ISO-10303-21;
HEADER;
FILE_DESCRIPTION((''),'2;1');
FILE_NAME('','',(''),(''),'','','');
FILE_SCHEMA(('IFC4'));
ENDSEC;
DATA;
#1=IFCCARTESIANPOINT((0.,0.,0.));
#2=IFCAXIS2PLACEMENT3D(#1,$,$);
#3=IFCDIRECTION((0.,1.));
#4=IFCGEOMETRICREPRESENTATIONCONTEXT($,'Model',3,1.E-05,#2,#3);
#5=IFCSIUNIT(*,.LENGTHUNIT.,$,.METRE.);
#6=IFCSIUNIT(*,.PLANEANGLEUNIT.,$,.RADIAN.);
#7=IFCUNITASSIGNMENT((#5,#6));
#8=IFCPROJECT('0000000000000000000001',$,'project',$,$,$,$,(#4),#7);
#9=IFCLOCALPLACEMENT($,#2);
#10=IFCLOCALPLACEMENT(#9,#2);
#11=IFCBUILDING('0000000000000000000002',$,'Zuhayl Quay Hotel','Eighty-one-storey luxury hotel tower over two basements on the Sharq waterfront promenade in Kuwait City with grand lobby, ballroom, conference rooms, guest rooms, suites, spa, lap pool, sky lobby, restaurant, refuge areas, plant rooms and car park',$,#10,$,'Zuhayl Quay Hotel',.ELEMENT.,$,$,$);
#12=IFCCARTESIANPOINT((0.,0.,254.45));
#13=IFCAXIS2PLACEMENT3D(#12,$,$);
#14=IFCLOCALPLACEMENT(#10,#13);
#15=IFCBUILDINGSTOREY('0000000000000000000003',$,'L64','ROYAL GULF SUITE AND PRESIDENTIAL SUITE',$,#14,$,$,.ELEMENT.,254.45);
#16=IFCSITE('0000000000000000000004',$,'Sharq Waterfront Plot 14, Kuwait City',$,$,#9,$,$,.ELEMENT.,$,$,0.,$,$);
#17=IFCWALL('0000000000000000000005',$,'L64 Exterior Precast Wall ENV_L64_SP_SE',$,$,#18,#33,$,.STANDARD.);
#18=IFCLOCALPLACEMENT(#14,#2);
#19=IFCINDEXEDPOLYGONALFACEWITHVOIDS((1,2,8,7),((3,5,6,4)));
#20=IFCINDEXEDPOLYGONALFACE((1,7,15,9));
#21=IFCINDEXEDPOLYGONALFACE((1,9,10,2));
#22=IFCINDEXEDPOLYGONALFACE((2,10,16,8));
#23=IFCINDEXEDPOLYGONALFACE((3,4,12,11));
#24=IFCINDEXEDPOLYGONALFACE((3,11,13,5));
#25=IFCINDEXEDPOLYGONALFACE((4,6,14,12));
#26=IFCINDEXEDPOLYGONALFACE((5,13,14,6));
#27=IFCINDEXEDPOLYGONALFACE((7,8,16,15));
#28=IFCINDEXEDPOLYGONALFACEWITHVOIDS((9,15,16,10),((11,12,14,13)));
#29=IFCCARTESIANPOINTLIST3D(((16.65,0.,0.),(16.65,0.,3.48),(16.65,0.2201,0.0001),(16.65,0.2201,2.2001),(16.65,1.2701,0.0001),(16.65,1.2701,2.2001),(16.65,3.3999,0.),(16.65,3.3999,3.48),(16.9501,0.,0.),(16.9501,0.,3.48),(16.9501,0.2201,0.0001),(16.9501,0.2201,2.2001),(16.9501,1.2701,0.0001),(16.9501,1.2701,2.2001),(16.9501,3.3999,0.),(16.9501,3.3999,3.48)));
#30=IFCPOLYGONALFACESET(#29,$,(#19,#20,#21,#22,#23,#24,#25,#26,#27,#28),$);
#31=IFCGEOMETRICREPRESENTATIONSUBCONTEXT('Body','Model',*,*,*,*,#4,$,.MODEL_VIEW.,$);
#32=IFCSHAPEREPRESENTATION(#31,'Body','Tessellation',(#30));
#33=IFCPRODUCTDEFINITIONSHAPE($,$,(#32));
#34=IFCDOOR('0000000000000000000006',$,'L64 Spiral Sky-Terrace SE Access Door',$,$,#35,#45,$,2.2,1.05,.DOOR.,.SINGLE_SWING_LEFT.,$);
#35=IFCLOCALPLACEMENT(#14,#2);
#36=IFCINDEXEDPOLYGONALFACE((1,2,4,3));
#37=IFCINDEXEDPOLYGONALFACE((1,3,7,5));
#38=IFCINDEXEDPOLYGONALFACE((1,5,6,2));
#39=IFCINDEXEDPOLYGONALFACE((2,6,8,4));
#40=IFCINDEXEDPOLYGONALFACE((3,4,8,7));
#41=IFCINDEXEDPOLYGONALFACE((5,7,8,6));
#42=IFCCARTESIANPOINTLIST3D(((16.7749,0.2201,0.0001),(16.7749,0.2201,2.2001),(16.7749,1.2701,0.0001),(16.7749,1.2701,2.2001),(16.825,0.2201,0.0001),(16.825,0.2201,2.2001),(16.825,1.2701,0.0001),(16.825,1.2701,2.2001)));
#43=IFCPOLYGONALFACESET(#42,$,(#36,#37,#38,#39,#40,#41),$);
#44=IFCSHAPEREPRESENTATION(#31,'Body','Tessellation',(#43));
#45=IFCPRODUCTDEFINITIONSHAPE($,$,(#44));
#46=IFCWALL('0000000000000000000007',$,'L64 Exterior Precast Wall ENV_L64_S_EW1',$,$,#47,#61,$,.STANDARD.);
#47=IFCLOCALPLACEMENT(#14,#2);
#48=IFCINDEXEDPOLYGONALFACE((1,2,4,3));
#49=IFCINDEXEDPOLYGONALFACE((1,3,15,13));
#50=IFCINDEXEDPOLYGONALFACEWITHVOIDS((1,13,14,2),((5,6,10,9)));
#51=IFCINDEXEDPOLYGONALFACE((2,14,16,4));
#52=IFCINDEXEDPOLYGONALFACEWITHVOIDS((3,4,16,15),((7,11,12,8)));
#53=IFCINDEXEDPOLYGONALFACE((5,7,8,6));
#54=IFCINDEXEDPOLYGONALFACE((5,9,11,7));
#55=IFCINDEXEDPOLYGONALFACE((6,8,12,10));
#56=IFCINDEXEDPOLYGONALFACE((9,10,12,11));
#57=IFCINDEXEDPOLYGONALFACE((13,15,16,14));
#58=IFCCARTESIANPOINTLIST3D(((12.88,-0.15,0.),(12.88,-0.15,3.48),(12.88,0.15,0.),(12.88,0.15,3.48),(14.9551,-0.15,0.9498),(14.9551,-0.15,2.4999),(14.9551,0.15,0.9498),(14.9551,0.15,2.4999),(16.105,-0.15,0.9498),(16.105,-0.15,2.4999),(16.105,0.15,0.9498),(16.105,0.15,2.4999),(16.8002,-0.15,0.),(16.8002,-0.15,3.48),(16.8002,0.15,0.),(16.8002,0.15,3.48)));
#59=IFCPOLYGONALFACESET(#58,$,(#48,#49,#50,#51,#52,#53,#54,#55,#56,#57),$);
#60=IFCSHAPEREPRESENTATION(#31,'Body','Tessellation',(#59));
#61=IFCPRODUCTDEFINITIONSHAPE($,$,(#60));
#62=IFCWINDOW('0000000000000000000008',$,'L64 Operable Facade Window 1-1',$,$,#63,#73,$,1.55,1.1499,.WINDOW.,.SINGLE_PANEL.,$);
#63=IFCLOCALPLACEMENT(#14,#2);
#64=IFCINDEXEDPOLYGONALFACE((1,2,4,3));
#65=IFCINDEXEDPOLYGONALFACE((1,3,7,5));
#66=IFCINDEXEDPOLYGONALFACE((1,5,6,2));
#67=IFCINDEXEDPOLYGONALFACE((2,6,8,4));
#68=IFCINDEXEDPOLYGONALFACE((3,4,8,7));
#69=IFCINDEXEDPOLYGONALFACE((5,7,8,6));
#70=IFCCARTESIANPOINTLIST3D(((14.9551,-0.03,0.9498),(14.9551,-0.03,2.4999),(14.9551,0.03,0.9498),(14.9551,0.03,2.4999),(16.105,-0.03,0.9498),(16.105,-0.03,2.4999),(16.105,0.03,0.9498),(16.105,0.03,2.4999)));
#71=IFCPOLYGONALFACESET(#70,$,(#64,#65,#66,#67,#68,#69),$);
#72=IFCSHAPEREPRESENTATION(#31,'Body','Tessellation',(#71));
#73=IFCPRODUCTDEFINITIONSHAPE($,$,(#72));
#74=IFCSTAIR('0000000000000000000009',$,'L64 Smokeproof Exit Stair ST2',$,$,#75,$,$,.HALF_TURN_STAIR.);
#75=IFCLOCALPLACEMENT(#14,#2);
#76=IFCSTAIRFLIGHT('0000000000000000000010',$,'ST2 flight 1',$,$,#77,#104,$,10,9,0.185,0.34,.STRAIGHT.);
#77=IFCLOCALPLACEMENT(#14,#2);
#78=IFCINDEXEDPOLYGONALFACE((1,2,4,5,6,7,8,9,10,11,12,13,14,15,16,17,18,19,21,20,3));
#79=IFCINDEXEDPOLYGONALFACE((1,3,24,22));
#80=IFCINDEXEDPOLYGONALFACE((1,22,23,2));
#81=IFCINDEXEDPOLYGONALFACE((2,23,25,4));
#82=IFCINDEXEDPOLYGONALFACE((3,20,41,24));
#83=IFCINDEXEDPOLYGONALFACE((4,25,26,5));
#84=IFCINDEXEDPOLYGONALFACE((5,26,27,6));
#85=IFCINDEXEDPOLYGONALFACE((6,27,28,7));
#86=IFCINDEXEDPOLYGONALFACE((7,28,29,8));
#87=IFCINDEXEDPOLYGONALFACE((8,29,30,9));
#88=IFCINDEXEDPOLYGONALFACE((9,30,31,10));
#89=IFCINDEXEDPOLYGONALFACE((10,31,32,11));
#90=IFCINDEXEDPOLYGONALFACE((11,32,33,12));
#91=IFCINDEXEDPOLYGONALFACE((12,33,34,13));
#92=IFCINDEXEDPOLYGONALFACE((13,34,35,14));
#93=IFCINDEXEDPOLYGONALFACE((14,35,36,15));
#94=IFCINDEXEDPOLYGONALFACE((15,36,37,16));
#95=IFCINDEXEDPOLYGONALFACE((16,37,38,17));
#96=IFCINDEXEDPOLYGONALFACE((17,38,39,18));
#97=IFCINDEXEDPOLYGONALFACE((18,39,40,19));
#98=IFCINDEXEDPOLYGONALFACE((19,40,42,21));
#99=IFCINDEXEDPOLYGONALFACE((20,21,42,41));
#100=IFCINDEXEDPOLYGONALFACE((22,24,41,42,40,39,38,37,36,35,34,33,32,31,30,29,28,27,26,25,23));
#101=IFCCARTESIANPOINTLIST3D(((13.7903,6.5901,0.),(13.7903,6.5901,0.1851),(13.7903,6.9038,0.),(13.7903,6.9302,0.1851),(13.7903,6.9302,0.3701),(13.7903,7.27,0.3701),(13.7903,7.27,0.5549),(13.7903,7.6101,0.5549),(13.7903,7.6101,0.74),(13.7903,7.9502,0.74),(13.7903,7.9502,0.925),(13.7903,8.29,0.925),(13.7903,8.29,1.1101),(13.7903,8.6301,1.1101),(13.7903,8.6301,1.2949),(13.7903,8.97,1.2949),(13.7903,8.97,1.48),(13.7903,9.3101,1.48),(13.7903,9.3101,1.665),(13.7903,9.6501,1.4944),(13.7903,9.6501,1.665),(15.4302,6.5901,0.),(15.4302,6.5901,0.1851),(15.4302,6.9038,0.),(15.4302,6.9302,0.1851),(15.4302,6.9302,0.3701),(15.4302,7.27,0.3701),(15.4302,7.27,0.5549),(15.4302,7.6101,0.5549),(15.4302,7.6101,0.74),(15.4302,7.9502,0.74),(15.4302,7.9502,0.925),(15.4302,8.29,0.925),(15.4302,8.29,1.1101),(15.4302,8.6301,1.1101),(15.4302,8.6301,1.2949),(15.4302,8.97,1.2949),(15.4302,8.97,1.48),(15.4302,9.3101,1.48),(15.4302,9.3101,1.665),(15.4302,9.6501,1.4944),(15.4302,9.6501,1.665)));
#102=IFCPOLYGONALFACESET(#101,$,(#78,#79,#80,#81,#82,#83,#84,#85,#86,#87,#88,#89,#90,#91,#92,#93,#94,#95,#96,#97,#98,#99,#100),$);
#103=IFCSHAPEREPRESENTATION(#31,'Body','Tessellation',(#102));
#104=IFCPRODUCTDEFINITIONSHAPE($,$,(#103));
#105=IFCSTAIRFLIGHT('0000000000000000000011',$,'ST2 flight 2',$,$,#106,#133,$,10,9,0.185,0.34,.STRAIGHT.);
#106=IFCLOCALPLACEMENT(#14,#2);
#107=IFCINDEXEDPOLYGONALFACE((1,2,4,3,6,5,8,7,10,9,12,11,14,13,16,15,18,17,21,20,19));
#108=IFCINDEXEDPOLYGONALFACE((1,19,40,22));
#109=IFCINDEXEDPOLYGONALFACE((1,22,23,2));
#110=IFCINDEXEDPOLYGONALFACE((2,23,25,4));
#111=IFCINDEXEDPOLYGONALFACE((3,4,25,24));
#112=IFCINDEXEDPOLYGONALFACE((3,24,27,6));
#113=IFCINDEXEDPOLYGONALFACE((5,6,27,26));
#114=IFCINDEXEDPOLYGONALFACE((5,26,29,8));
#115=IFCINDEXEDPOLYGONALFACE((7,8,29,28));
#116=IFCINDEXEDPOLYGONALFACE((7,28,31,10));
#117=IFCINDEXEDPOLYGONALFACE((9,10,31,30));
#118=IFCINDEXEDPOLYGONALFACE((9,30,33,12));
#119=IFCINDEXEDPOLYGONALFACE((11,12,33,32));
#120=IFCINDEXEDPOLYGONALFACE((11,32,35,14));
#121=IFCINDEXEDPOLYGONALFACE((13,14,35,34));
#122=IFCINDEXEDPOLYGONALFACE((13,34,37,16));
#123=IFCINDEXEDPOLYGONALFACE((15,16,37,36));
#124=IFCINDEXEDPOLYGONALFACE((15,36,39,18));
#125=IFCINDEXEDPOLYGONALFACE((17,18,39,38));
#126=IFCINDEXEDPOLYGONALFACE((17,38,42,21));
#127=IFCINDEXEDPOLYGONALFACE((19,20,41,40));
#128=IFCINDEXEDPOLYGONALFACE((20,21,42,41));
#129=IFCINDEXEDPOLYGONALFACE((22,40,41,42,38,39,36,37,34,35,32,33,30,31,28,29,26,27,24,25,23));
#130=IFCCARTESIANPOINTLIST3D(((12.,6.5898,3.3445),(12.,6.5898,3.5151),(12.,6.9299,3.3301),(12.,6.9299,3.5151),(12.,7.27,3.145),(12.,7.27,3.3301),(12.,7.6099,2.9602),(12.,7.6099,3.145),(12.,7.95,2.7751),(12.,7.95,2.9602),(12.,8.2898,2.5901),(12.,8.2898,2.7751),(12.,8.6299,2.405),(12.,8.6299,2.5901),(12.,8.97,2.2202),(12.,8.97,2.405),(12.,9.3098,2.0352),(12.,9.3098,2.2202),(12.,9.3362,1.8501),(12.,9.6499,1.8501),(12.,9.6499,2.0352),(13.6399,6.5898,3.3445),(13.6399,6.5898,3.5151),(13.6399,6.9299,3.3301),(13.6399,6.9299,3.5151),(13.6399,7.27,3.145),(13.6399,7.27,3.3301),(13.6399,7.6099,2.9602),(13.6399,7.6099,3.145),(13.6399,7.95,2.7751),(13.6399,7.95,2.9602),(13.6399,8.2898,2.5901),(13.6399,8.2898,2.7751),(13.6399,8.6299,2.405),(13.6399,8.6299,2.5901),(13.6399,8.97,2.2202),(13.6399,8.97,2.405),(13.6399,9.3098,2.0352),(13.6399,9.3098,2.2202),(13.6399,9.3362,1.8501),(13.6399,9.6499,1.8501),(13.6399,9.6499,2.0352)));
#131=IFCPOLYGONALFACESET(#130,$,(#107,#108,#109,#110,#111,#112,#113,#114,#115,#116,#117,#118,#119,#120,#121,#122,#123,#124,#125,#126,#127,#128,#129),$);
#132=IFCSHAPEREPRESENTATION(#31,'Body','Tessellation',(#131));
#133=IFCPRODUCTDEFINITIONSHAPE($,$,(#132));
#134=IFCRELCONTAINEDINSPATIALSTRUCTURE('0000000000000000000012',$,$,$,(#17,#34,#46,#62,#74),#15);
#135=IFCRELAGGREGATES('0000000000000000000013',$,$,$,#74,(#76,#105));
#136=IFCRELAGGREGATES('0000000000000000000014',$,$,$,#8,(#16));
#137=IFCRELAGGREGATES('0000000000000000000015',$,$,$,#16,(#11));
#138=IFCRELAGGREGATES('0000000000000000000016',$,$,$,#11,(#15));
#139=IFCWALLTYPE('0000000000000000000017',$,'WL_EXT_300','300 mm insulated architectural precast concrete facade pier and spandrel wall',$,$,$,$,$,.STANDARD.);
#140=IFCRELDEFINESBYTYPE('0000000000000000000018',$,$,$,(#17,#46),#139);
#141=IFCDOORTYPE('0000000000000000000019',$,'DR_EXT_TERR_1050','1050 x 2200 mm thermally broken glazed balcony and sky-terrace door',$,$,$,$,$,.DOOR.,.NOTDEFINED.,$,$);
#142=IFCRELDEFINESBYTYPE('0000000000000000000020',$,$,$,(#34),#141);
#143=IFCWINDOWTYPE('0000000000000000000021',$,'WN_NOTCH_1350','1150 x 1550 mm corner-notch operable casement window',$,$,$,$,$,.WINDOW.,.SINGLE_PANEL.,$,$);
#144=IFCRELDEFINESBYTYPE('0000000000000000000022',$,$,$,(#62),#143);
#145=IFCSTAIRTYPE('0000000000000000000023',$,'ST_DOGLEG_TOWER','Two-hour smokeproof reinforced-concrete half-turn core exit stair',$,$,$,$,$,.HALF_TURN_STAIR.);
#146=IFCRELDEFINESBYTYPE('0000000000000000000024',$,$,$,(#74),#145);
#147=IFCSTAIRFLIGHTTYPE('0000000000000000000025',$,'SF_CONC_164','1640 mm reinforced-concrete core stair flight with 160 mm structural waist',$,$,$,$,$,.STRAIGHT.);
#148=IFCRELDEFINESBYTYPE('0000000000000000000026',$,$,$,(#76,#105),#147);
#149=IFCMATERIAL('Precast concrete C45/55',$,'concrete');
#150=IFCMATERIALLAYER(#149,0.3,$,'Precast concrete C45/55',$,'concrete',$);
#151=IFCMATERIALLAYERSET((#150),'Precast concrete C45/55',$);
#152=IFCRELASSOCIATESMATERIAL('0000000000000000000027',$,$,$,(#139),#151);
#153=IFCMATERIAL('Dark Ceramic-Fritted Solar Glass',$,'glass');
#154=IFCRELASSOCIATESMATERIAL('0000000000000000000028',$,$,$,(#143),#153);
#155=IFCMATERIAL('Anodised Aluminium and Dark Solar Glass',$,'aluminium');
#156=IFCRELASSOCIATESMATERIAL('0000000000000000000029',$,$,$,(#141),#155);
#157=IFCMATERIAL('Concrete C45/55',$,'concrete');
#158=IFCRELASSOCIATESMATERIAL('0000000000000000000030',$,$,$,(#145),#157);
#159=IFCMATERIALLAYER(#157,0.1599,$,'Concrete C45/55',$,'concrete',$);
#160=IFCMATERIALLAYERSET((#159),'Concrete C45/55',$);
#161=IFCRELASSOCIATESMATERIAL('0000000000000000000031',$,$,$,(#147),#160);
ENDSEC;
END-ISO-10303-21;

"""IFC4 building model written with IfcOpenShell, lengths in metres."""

from ifc_helpers import new_model, si_unit, direction, frame, frame_2d, origin, place, context, subcontext, project, spatial, polyline, rectangle, outline, extrude, material, layer, layer_set, type_object, element, fill, aggregate, save


model = new_model("IFC4")

# Units and contexts
model_context = context("Model", 3, precision=1e-05, world=origin(), true_north=direction((0.0, 1.0)))
body_context = subcontext(model_context, "Body", "Model", "MODEL_VIEW")
ifc_project = project(units=[si_unit("LENGTHUNIT", "METRE"), si_unit("PLANEANGLEUNIT", "RADIAN")], contexts=[model_context])

# Site, building, storey
site_placement = place(None, origin())
site = spatial("IfcSite", under=ifc_project, at=site_placement, Name="Sharq Waterfront Plot 14, Kuwait City", CompositionType="ELEMENT", RefElevation=0.0)
building_placement = place(site_placement, origin())
building = spatial("IfcBuilding", under=site, at=building_placement, Name="Zuhayl Quay Hotel", Description="Eighty-one-storey luxury hotel tower over two basements on the Sharq waterfront promenade in Kuwait City with grand lobby, ballroom, conference rooms, guest rooms, suites, spa, lap pool, sky lobby, restaurant, refuge areas, plant rooms and car park", LongName="Zuhayl Quay Hotel", CompositionType="ELEMENT")
storey_placement = place(building_placement, frame((0.0, 0.0, 254.45)))
storey = spatial("IfcBuildingStorey", under=building, at=storey_placement, Name="L64", Description="ROYAL GULF SUITE AND PRESIDENTIAL SUITE", CompositionType="ELEMENT", Elevation=254.45)

# Shared definitions
ifc_material_1 = material(Name="Dark Ceramic-Fritted Solar Glass", Category="glass")

# Shared definitions
ifc_material_2 = material(Name="Precast concrete C45/55", Category="concrete")
ifc_layer_1 = layer(ifc_material_2, 0.3, Name="Precast concrete C45/55", Category="concrete")
ifc_layer_set_1 = layer_set([ifc_layer_1], Name="Precast concrete C45/55")
wall_type_1 = type_object("IfcWallType", Name="WL_EXT_300", Description="300 mm insulated architectural precast concrete facade pier and spandrel wall", PredefinedType="STANDARD", material=ifc_layer_set_1)

# Shared definitions
window_type = type_object("IfcWindowType", Name="WN_NOTCH_1350", Description="1150 x 1550 mm corner-notch operable casement window", PartitioningType="SINGLE_PANEL", PredefinedType="WINDOW", material=ifc_material_1)

# Wall, opening, door
wall_1_placement = place(storey_placement, frame((16.8, 3.3999, 0.0), z_axis=(0.0, 0.0, 1.0), x_axis=(0.0, -1.0, 0.0)))
wall_1 = element("IfcWall", 1, at=wall_1_placement, inside=storey, type_object=wall_type_1, Name="L64 Exterior Precast Wall ENV_L64_SP_SE", PredefinedType="STANDARD", context=body_context, shape_type="SweptSolid", body=[
    extrude(rectangle(XDim=3.3999, YDim=0.3, at=frame_2d((1.7, 0.0))), origin(), (0.0, 0.0, 1.0), 3.48),
])
opening_1_placement = place(wall_1_placement, frame((2.1299, 0.0, 0.0)))
opening_1 = element("IfcOpeningElement", 2, at=opening_1_placement, cuts=wall_1, PredefinedType="OPENING", context=body_context, shape_type="SweptSolid", body=[
    extrude(rectangle(XDim=1.05, YDim=2.2, at=frame_2d((0.5249, 1.1001))), frame((0.0, 0.1599, 0.0), z_axis=(0.0, -1.0, 0.0), x_axis=(1.0, 0.0, 0.0)), (0.0, 0.0, 1.0), 0.3201),
])
ifc_material_3 = material(Name="Anodised Aluminium and Dark Solar Glass", Category="aluminium")
door_type_1 = type_object("IfcDoorType", Name="DR_EXT_TERR_1050", Description="1050 x 2200 mm thermally broken glazed balcony and sky-terrace door", OperationType="NOTDEFINED", PredefinedType="DOOR", material=ifc_material_3)
door_1_placement = place(opening_1_placement, origin())
door_1 = element("IfcDoor", 3, at=door_1_placement, inside=storey, type_object=door_type_1, Name="L64 Spiral Sky-Terrace SE Access Door", OperationType="SINGLE_SWING_LEFT", OverallHeight=2.2, OverallWidth=1.05, PredefinedType="DOOR", context=body_context, shape_type="SweptSolid", body=[
    extrude(rectangle(XDim=1.05, YDim=2.2, at=frame_2d((0.5249, 1.1001))), frame((0.0, 0.0249, 0.0), z_axis=(0.0, -1.0, 0.0), x_axis=(1.0, 0.0, 0.0)), (0.0, 0.0, 1.0), 0.05),
])
fill(opening_1, door_1)

# Wall, opening, window
wall_2_placement = place(storey_placement, frame((16.8, 0.0, 0.0), z_axis=(0.0, 0.0, 1.0), x_axis=(-1.0, 0.0, 0.0)))
wall_2 = element("IfcWall", 4, at=wall_2_placement, inside=storey, type_object=wall_type_1, Name="L64 Exterior Precast Wall ENV_L64_S_EW1", PredefinedType="STANDARD", context=body_context, shape_type="SweptSolid", body=[
    extrude(rectangle(XDim=3.9202, YDim=0.3, at=frame_2d((1.96, 0.0))), origin(), (0.0, 0.0, 1.0), 3.48),
])
opening_2_placement = place(wall_2_placement, frame((0.6951, 0.0, 0.95)))
opening_2 = element("IfcOpeningElement", 5, at=opening_2_placement, cuts=wall_2, PredefinedType="OPENING", context=body_context, shape_type="SweptSolid", body=[
    extrude(rectangle(XDim=1.1499, YDim=1.55, at=frame_2d((0.575, 0.7749))), frame((0.0, 0.1599, 0.0), z_axis=(0.0, -1.0, 0.0), x_axis=(1.0, 0.0, 0.0)), (0.0, 0.0, 1.0), 0.3201),
])
window_1_placement = place(opening_2_placement, origin())
window_1 = element("IfcWindow", 6, at=window_1_placement, inside=storey, type_object=window_type, Name="L64 Operable Facade Window 1-1", OverallHeight=1.55, OverallWidth=1.1499, PartitioningType="SINGLE_PANEL", PredefinedType="WINDOW", context=body_context, shape_type="SweptSolid", body=[
    extrude(rectangle(XDim=1.1499, YDim=1.55, at=frame_2d((0.575, 0.7749))), frame((0.0, 0.03, 0.0), z_axis=(0.0, -1.0, 0.0), x_axis=(1.0, 0.0, 0.0)), (0.0, 0.0, 1.0), 0.0601),
])
fill(opening_2, window_1)

# Stair, stair flights
ifc_material_4 = material(Name="Concrete C45/55", Category="concrete")
stair_type = type_object("IfcStairType", Name="ST_DOGLEG_TOWER", Description="Two-hour smokeproof reinforced-concrete half-turn core exit stair", PredefinedType="HALF_TURN_STAIR", material=ifc_material_4)
stair_placement = place(storey_placement, origin())
stair = element("IfcStair", 7, at=stair_placement, inside=storey, type_object=stair_type, Name="L64 Smokeproof Exit Stair ST2", PredefinedType="HALF_TURN_STAIR")
ifc_layer_2 = layer(ifc_material_4, 0.1599, Name="Concrete C45/55", Category="concrete")
ifc_layer_set_2 = layer_set([ifc_layer_2], Name="Concrete C45/55")
stair_flight_type = type_object("IfcStairFlightType", Name="SF_CONC_164", Description="1640 mm reinforced-concrete core stair flight with 160 mm structural waist", PredefinedType="STRAIGHT", material=ifc_layer_set_2)
stair_flight_1_placement = place(storey_placement, frame((14.6101, 6.5901, 0.0), z_axis=(0.0, 0.0, 1.0), x_axis=(0.0, 1.0, 0.0)))
stair_flight_1 = element("IfcStairFlight", 8, at=stair_flight_1_placement, type_object=stair_flight_type, Name="ST2 flight 1", NumberOfRisers=10, NumberOfTreads=9, PredefinedType="STRAIGHT", RiserHeight=0.185, TreadLength=0.34, context=body_context, shape_type="SweptSolid", body=[
    extrude(outline(polyline([(0.0, 0.0), (0.0, 0.1851), (0.3401, 0.1851), (0.3401, 0.3701), (0.6799, 0.3701), (0.6799, 0.5549), (1.02, 0.5549), (1.02, 0.74), (1.3601, 0.74), (1.3601, 0.925), (1.7, 0.925), (1.7, 1.1101), (2.04, 1.1101), (2.04, 1.2949), (2.3799, 1.2949), (2.3799, 1.48), (2.72, 1.48), (2.72, 1.665), (3.0601, 1.665), (3.0601, 1.8501), (3.0601, 1.4944), (0.3137, 0.0), (0.0, 0.0)])), frame((0.0, 0.8198, 0.0), z_axis=(0.0, -1.0, 0.0), x_axis=(1.0, 0.0, 0.0)), (0.0, 0.0, 1.0), 1.6399),
])
stair_flight_2_placement = place(storey_placement, frame((12.8201, 9.6499, 1.8501), z_axis=(0.0, 0.0, 1.0), x_axis=(0.0, -1.0, 0.0)))
stair_flight_2 = element("IfcStairFlight", 9, at=stair_flight_2_placement, type_object=stair_flight_type, Name="ST2 flight 2", NumberOfRisers=10, NumberOfTreads=9, PredefinedType="STRAIGHT", RiserHeight=0.185, TreadLength=0.34, context=body_context, shape_type="SweptSolid", body=[
    extrude(outline(polyline([(0.0, 0.0), (0.0, 0.1851), (0.3401, 0.1851), (0.3401, 0.3701), (0.6799, 0.3701), (0.6799, 0.5549), (1.02, 0.5549), (1.02, 0.74), (1.3601, 0.74), (1.3601, 0.925), (1.7, 0.925), (1.7, 1.1101), (2.04, 1.1101), (2.04, 1.2949), (2.3799, 1.2949), (2.3799, 1.48), (2.72, 1.48), (2.72, 1.665), (3.0601, 1.665), (3.0601, 1.8501), (3.0601, 1.4944), (0.3137, 0.0), (0.0, 0.0)])), frame((0.0, 0.8198, 0.0), z_axis=(0.0, -1.0, 0.0), x_axis=(1.0, 0.0, 0.0)), (0.0, 0.0, 1.0), 1.6399),
])
aggregate(stair, [stair_flight_1, stair_flight_2])

save(model, "model.ifc")
